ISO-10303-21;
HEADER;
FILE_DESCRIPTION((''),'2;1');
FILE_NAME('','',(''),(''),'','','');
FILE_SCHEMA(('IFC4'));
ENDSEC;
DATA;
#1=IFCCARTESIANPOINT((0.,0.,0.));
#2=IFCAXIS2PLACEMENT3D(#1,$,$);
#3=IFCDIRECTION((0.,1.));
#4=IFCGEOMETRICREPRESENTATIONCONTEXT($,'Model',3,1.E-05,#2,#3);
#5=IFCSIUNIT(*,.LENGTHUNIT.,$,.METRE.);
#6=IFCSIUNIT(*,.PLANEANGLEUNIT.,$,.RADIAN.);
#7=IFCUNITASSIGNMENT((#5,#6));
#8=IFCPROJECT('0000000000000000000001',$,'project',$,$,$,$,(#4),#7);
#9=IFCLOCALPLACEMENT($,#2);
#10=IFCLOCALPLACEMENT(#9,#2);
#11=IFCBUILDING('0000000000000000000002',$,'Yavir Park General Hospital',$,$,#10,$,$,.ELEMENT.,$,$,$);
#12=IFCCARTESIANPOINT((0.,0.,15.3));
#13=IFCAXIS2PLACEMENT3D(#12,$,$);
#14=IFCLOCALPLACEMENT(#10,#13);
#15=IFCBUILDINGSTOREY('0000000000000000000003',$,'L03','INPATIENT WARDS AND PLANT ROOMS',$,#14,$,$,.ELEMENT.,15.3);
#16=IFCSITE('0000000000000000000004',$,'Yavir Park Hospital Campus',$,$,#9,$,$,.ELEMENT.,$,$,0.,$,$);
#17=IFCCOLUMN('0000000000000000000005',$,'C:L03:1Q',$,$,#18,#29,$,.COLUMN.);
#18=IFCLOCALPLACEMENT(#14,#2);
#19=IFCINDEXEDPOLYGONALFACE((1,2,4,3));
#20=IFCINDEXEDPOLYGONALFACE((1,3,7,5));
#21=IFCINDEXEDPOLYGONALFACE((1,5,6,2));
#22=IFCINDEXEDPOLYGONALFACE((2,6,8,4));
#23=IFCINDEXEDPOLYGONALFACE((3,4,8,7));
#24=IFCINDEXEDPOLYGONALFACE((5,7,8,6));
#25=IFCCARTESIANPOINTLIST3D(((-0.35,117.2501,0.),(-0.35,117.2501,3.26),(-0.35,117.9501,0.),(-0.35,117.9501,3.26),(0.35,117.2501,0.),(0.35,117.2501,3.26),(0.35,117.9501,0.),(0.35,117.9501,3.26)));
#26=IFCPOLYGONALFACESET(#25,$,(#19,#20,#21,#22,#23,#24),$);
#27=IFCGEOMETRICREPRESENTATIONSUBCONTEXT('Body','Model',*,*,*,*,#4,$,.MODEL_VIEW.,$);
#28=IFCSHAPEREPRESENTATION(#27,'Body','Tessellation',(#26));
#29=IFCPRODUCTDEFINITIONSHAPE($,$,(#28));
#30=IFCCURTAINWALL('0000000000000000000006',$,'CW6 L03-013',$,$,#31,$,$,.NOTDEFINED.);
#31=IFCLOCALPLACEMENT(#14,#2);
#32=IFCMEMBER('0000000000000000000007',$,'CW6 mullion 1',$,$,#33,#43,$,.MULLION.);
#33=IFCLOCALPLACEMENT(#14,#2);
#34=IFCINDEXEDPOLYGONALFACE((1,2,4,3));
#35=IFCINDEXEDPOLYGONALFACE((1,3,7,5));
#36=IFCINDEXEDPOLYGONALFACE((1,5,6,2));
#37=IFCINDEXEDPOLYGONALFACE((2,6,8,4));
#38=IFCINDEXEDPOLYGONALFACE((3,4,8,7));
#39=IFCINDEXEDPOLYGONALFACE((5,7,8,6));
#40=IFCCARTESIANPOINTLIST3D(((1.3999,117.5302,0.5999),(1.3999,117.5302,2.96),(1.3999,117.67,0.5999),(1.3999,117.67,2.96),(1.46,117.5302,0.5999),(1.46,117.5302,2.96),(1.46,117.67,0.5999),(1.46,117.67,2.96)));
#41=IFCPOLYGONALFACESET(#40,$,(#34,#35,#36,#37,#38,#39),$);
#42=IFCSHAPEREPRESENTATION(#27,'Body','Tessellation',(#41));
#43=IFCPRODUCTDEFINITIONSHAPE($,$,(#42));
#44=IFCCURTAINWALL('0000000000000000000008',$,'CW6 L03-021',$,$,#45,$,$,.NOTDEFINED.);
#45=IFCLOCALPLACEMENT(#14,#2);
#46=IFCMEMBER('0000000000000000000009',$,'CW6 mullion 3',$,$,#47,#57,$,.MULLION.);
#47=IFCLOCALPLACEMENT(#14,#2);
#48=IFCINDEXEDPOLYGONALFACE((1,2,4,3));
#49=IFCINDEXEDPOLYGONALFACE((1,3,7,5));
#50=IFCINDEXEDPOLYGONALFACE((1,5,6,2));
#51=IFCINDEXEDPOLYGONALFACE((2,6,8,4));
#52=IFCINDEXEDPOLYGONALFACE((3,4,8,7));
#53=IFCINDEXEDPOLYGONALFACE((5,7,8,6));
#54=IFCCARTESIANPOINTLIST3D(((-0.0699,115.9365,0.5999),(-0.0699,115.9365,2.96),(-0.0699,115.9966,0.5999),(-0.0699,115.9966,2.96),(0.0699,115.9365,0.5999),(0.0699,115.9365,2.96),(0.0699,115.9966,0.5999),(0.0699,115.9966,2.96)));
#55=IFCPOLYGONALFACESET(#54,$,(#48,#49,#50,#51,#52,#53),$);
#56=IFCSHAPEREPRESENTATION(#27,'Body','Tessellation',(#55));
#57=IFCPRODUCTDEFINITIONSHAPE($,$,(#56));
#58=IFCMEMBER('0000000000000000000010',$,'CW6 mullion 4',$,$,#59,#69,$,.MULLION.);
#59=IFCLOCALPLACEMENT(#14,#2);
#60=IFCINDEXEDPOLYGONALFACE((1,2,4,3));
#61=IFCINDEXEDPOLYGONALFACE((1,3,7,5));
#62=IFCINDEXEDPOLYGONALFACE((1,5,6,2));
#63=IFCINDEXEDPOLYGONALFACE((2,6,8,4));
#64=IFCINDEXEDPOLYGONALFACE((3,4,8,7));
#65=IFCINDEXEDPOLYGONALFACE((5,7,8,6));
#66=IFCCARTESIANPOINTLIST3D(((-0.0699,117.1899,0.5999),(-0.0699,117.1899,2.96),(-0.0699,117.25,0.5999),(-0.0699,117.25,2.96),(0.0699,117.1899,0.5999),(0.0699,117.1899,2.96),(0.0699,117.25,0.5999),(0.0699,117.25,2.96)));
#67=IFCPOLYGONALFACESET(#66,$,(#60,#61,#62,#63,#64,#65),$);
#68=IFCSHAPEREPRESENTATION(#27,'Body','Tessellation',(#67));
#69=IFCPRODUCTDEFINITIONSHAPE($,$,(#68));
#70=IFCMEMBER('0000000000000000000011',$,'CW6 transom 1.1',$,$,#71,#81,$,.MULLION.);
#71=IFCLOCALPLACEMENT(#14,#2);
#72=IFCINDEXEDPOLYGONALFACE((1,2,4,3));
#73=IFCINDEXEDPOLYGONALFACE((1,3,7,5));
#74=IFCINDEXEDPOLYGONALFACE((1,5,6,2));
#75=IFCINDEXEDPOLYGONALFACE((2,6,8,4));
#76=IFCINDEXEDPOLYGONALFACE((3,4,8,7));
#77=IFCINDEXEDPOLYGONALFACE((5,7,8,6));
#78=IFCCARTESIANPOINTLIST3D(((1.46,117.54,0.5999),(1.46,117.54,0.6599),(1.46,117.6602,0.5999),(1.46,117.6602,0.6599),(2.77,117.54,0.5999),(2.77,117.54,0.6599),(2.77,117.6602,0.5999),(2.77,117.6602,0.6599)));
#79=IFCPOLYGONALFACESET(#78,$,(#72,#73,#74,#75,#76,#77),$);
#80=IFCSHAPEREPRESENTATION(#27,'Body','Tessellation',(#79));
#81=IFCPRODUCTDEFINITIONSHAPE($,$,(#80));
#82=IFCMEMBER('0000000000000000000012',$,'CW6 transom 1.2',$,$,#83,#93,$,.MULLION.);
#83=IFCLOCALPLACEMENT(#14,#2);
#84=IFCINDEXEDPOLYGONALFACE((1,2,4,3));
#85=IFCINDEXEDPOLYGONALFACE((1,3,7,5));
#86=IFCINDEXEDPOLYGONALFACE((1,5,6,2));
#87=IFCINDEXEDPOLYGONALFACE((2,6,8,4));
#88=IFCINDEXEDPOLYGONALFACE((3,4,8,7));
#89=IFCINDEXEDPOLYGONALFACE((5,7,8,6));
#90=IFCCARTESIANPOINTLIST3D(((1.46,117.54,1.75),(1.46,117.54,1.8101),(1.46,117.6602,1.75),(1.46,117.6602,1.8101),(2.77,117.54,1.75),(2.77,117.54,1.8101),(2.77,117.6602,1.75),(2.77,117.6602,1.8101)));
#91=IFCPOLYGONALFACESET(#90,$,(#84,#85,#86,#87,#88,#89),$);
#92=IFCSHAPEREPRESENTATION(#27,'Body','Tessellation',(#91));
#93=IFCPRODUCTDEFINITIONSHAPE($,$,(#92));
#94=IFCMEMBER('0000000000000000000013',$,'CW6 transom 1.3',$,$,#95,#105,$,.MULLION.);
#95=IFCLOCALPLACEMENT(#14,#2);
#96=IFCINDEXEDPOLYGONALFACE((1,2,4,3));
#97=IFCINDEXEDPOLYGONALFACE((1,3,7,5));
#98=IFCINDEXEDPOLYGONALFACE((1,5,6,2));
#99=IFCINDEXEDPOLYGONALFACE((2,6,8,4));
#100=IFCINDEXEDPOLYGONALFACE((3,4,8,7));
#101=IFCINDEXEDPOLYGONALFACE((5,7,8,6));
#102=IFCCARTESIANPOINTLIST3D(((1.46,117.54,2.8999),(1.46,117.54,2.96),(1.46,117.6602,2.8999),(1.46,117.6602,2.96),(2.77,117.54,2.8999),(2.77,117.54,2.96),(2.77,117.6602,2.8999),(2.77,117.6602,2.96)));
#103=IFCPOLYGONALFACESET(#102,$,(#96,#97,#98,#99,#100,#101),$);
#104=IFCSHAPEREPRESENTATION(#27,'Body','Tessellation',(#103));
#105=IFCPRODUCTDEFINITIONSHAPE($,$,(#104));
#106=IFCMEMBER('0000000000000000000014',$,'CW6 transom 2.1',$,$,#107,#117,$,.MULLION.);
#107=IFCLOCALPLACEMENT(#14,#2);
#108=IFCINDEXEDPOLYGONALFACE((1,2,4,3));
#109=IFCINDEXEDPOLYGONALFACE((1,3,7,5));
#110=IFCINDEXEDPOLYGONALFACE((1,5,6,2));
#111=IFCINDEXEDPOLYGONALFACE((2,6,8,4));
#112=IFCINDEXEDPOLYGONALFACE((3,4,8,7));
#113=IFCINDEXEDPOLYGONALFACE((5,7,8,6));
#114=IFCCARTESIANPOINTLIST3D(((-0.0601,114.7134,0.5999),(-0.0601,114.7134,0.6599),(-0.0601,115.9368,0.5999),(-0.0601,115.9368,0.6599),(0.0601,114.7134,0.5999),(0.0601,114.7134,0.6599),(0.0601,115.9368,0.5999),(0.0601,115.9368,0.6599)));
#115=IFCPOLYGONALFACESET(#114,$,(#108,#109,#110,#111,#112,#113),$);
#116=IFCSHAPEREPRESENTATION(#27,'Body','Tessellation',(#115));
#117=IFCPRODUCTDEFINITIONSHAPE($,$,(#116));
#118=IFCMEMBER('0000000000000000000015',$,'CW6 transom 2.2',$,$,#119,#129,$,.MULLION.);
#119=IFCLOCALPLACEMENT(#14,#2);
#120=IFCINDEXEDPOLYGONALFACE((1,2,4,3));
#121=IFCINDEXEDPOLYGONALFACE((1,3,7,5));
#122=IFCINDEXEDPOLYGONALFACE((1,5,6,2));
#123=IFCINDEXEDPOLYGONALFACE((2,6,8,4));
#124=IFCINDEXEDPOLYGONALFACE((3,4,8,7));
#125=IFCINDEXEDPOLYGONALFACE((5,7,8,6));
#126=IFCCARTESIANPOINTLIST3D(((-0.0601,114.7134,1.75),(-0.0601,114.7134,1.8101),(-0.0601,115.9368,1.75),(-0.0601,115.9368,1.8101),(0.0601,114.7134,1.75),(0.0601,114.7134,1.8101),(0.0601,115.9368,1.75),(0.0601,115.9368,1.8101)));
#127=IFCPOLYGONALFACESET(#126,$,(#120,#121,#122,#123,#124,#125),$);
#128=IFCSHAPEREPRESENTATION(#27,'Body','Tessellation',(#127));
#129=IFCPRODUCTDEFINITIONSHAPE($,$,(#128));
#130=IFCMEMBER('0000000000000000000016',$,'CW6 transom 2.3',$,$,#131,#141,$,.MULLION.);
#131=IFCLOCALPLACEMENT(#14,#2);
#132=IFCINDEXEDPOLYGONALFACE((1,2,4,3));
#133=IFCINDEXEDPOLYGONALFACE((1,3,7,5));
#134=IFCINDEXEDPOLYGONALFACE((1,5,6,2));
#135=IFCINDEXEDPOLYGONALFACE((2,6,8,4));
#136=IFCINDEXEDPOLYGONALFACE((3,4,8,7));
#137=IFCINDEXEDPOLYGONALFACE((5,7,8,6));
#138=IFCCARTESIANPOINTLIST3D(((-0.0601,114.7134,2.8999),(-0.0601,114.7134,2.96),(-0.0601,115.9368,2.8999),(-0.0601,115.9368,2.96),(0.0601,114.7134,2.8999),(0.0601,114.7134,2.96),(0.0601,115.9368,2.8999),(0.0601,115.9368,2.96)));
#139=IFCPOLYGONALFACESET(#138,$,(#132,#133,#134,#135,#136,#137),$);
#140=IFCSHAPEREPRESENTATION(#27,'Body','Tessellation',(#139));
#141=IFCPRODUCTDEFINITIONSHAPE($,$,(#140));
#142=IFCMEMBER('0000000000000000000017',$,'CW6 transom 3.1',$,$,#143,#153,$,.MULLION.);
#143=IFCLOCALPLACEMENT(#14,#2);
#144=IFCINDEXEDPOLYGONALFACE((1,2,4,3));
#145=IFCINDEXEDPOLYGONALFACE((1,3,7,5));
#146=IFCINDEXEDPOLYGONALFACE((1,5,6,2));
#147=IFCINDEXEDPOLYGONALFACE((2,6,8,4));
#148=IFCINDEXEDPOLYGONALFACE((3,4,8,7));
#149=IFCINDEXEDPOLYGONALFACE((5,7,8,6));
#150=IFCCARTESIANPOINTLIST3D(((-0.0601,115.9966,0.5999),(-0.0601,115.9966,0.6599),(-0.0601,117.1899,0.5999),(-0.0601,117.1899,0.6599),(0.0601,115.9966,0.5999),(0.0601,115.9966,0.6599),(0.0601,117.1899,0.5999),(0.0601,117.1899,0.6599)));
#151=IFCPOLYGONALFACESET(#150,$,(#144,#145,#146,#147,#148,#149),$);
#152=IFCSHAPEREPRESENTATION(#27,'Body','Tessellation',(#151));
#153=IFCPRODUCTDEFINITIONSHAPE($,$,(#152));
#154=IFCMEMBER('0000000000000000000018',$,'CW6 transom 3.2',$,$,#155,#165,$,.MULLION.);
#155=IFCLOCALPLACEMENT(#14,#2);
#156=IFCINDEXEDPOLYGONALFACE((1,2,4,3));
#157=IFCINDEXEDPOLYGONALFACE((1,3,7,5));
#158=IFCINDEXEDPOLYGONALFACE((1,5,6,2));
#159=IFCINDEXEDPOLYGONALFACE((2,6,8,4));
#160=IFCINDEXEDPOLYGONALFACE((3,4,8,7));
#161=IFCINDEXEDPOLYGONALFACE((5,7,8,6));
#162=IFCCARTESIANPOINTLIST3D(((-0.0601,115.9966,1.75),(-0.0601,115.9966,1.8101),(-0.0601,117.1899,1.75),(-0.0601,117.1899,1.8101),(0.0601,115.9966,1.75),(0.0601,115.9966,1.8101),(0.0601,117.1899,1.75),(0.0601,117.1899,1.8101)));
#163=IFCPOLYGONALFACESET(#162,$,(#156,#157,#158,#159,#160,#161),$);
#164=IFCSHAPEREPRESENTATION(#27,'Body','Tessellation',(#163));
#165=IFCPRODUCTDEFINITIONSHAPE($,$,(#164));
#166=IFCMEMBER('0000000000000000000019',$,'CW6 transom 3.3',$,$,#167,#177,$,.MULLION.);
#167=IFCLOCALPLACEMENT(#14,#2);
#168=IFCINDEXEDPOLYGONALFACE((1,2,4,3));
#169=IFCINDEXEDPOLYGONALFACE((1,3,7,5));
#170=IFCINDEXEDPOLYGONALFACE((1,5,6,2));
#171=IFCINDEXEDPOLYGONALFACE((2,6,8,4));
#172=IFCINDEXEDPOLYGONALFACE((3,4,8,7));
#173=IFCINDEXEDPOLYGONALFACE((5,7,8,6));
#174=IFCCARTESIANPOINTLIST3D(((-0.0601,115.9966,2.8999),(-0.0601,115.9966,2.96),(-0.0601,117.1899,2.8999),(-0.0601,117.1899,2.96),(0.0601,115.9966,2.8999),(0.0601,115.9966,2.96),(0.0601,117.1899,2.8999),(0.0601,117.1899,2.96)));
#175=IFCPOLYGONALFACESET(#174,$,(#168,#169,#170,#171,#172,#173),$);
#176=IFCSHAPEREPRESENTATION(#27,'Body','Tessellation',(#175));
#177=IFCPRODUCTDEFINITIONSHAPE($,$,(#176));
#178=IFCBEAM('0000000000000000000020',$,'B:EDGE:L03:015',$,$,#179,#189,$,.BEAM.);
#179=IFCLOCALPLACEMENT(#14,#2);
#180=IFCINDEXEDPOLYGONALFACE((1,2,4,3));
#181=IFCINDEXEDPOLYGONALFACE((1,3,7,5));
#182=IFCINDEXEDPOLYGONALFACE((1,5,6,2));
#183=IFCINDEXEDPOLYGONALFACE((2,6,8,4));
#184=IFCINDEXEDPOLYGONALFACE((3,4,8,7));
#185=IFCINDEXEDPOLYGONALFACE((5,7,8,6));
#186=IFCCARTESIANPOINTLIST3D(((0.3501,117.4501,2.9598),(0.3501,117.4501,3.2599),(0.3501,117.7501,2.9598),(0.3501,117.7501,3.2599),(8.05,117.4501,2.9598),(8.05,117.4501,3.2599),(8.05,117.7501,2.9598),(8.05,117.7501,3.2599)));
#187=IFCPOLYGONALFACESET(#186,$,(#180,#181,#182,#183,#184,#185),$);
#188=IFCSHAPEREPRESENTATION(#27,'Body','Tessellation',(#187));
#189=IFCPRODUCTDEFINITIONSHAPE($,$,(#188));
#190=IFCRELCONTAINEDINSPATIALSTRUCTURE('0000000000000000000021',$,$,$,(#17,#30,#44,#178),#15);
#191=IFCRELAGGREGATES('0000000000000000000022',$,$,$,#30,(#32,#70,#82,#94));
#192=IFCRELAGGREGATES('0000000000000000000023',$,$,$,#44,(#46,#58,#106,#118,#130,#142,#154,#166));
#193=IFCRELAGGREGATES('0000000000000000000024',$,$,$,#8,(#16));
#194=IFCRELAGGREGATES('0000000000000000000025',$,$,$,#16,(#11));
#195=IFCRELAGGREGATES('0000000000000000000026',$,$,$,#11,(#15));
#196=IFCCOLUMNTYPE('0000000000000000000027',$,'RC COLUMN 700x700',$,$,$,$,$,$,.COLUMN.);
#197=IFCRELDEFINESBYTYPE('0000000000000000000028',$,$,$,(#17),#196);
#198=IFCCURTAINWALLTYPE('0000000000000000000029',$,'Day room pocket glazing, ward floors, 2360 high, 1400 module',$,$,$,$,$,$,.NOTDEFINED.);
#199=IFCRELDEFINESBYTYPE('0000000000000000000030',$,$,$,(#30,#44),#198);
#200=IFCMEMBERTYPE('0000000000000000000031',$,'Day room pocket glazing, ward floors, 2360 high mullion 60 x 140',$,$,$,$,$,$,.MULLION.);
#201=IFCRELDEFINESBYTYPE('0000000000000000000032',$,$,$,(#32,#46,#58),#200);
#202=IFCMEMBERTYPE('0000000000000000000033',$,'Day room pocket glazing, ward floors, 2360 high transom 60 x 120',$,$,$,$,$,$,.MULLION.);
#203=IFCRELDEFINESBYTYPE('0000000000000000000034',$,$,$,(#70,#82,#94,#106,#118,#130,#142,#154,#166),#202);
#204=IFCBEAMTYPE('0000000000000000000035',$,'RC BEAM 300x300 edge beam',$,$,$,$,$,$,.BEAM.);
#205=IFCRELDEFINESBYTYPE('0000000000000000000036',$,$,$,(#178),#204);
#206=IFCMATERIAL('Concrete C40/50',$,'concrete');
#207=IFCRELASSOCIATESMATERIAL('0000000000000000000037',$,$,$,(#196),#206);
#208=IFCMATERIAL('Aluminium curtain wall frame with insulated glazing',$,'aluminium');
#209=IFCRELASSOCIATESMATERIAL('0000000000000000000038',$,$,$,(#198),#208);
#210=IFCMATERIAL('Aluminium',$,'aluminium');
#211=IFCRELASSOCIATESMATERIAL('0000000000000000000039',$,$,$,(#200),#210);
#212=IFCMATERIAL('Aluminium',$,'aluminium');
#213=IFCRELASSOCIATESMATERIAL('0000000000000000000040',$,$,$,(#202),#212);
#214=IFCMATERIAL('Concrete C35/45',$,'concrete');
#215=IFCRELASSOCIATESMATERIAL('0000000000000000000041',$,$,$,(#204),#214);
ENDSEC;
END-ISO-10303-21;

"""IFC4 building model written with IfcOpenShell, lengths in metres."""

from ifc_helpers import new_model, si_unit, direction, frame, origin, origin_2d, place, context, subcontext, project, spatial, rectangle, extrude, material, material_profile, profile_set, type_object, element, aggregate, save


model = new_model("IFC4")

# Units and contexts
model_context = context("Model", 3, precision=1e-05, world=origin(), true_north=direction((0.0, 1.0)))
body_context = subcontext(model_context, "Body", "Model", "MODEL_VIEW")
ifc_project = project(units=[si_unit("LENGTHUNIT", "METRE"), si_unit("PLANEANGLEUNIT", "RADIAN")], contexts=[model_context])

# Site, building, storey
site_placement = place(None, origin())
site = spatial("IfcSite", under=ifc_project, at=site_placement, Name="Yavir Park Hospital Campus", CompositionType="ELEMENT", RefElevation=0.0)
building_placement = place(site_placement, origin())
building = spatial("IfcBuilding", under=site, at=building_placement, Name="Yavir Park General Hospital", CompositionType="ELEMENT")
storey_placement = place(building_placement, frame((0.0, 0.0, 15.3)))
storey = spatial("IfcBuildingStorey", under=building, at=storey_placement, Name="L03", Description="INPATIENT WARDS AND PLANT ROOMS", CompositionType="ELEMENT", Elevation=15.3)

# Column
ifc_material_1 = material(Name="Concrete C40/50", Category="concrete")
ifc_material_profile_1 = material_profile(ifc_material_1, rectangle(XDim=0.7, YDim=0.7, at=origin_2d()), Name="RC700x700")
ifc_profile_set_1 = profile_set([ifc_material_profile_1], Name="Concrete C40/50")
column_type = type_object("IfcColumnType", Name="RC COLUMN 700x700", PredefinedType="COLUMN", material=ifc_profile_set_1)
column_placement = place(storey_placement, frame((0.0, 117.6001, 0.0), z_axis=(0.0, 0.0, 1.0), x_axis=(1.0, 0.0, 0.0)))
element("IfcColumn", 1, at=column_placement, inside=storey, type_object=column_type, Name="C:L03:1Q", PredefinedType="COLUMN", context=body_context, shape_type="SweptSolid", body=[
    extrude(rectangle(XDim=0.7, YDim=0.7, at=origin_2d()), origin(), (0.0, 0.0, 1.0), 3.26),
])

# Curtain wall, member
ifc_material_2 = material(Name="Aluminium curtain wall frame with insulated glazing", Category="aluminium")
curtain_wall_type = type_object("IfcCurtainWallType", Name="Day room pocket glazing, ward floors, 2360 high, 1400 module", PredefinedType="NOTDEFINED", material=ifc_material_2)
curtain_wall_1_placement = place(storey_placement, origin())
curtain_wall_1 = element("IfcCurtainWall", 2, at=curtain_wall_1_placement, inside=storey, type_object=curtain_wall_type, Name="CW6 L03-013", PredefinedType="NOTDEFINED")
ifc_material_3 = material(Name="Aluminium", Category="aluminium")
ifc_material_profile_2 = material_profile(ifc_material_3, rectangle(XDim=0.1399, YDim=0.0601, at=origin_2d()), Name="AL 60x140")
ifc_profile_set_2 = profile_set([ifc_material_profile_2], Name="Aluminium")
member_type_1 = type_object("IfcMemberType", Name="Day room pocket glazing, ward floors, 2360 high mullion 60 x 140", PredefinedType="MULLION", material=ifc_profile_set_2)
member_1_placement = place(storey_placement, frame((1.4299, 117.6001, 0.5999), z_axis=(0.0, 0.0, 1.0), x_axis=(0.0, 1.0, 0.0)))
member_1 = element("IfcMember", 3, at=member_1_placement, type_object=member_type_1, Name="CW6 mullion 1", PredefinedType="MULLION", context=body_context, shape_type="SweptSolid", body=[
    extrude(rectangle(XDim=0.1399, YDim=0.0601, at=origin_2d()), origin(), (0.0, 0.0, 1.0), 2.3601),
])

# Curtain wall, members
curtain_wall_2_placement = place(storey_placement, origin())
curtain_wall_2 = element("IfcCurtainWall", 4, at=curtain_wall_2_placement, inside=storey, type_object=curtain_wall_type, Name="CW6 L03-021", PredefinedType="NOTDEFINED")
member_2_placement = place(storey_placement, frame((0.0, 115.9666, 0.5999), z_axis=(0.0, 0.0, 1.0), x_axis=(-1.0, 0.0, 0.0)))
member_2 = element("IfcMember", 5, at=member_2_placement, type_object=member_type_1, Name="CW6 mullion 3", PredefinedType="MULLION", context=body_context, shape_type="SweptSolid", body=[
    extrude(rectangle(XDim=0.1399, YDim=0.0601, at=origin_2d()), origin(), (0.0, 0.0, 1.0), 2.3601),
])
member_3_placement = place(storey_placement, frame((0.0, 117.22, 0.5999), z_axis=(0.0, 0.0, 1.0), x_axis=(-1.0, 0.0, 0.0)))
member_3 = element("IfcMember", 6, at=member_3_placement, type_object=member_type_1, Name="CW6 mullion 4", PredefinedType="MULLION", context=body_context, shape_type="SweptSolid", body=[
    extrude(rectangle(XDim=0.1399, YDim=0.0601, at=origin_2d()), origin(), (0.0, 0.0, 1.0), 2.3601),
])

# Members
ifc_material_4 = material(Name="Aluminium", Category="aluminium")
ifc_material_profile_3 = material_profile(ifc_material_4, rectangle(XDim=0.1201, YDim=0.0601, at=origin_2d()), Name="AL 120x60")
ifc_profile_set_3 = profile_set([ifc_material_profile_3], Name="Aluminium")
member_type_2 = type_object("IfcMemberType", Name="Day room pocket glazing, ward floors, 2360 high transom 60 x 120", PredefinedType="MULLION", material=ifc_profile_set_3)
member_4_placement = place(storey_placement, frame((1.46, 117.6001, 0.6299), z_axis=(1.0, 0.0, 0.0), x_axis=(0.0, 1.0, 0.0)))
member_4 = element("IfcMember", 7, at=member_4_placement, type_object=member_type_2, Name="CW6 transom 1.1", PredefinedType="MULLION", context=body_context, shape_type="SweptSolid", body=[
    extrude(rectangle(XDim=0.1201, YDim=0.0601, at=origin_2d()), origin(), (0.0, 0.0, 1.0), 1.3101),
])
member_5_placement = place(storey_placement, frame((1.46, 117.6001, 1.78), z_axis=(1.0, 0.0, 0.0), x_axis=(0.0, 1.0, 0.0)))
member_5 = element("IfcMember", 8, at=member_5_placement, type_object=member_type_2, Name="CW6 transom 1.2", PredefinedType="MULLION", context=body_context, shape_type="SweptSolid", body=[
    extrude(rectangle(XDim=0.1201, YDim=0.0601, at=origin_2d()), origin(), (0.0, 0.0, 1.0), 1.3101),
])
member_6_placement = place(storey_placement, frame((1.46, 117.6001, 2.9299), z_axis=(1.0, 0.0, 0.0), x_axis=(0.0, 1.0, 0.0)))
member_6 = element("IfcMember", 9, at=member_6_placement, type_object=member_type_2, Name="CW6 transom 1.3", PredefinedType="MULLION", context=body_context, shape_type="SweptSolid", body=[
    extrude(rectangle(XDim=0.1201, YDim=0.0601, at=origin_2d()), origin(), (0.0, 0.0, 1.0), 1.3101),
])
member_7_placement = place(storey_placement, frame((0.0, 114.7134, 0.6299), z_axis=(0.0, 1.0, 0.0), x_axis=(-1.0, 0.0, 0.0)))
member_7 = element("IfcMember", 10, at=member_7_placement, type_object=member_type_2, Name="CW6 transom 2.1", PredefinedType="MULLION", context=body_context, shape_type="SweptSolid", body=[
    extrude(rectangle(XDim=0.1201, YDim=0.0601, at=origin_2d()), origin(), (0.0, 0.0, 1.0), 1.2234),
])
member_8_placement = place(storey_placement, frame((0.0, 114.7134, 1.78), z_axis=(0.0, 1.0, 0.0), x_axis=(-1.0, 0.0, 0.0)))
member_8 = element("IfcMember", 11, at=member_8_placement, type_object=member_type_2, Name="CW6 transom 2.2", PredefinedType="MULLION", context=body_context, shape_type="SweptSolid", body=[
    extrude(rectangle(XDim=0.1201, YDim=0.0601, at=origin_2d()), origin(), (0.0, 0.0, 1.0), 1.2234),
])
member_9_placement = place(storey_placement, frame((0.0, 114.7134, 2.9299), z_axis=(0.0, 1.0, 0.0), x_axis=(-1.0, 0.0, 0.0)))
member_9 = element("IfcMember", 12, at=member_9_placement, type_object=member_type_2, Name="CW6 transom 2.3", PredefinedType="MULLION", context=body_context, shape_type="SweptSolid", body=[
    extrude(rectangle(XDim=0.1201, YDim=0.0601, at=origin_2d()), origin(), (0.0, 0.0, 1.0), 1.2234),
])
member_10_placement = place(storey_placement, frame((0.0, 115.9966, 0.6299), z_axis=(0.0, 1.0, 0.0), x_axis=(-1.0, 0.0, 0.0)))
member_10 = element("IfcMember", 13, at=member_10_placement, type_object=member_type_2, Name="CW6 transom 3.1", PredefinedType="MULLION", context=body_context, shape_type="SweptSolid", body=[
    extrude(rectangle(XDim=0.1201, YDim=0.0601, at=origin_2d()), origin(), (0.0, 0.0, 1.0), 1.1934),
])
member_11_placement = place(storey_placement, frame((0.0, 115.9966, 1.78), z_axis=(0.0, 1.0, 0.0), x_axis=(-1.0, 0.0, 0.0)))
member_11 = element("IfcMember", 14, at=member_11_placement, type_object=member_type_2, Name="CW6 transom 3.2", PredefinedType="MULLION", context=body_context, shape_type="SweptSolid", body=[
    extrude(rectangle(XDim=0.1201, YDim=0.0601, at=origin_2d()), origin(), (0.0, 0.0, 1.0), 1.1934),
])
member_12_placement = place(storey_placement, frame((0.0, 115.9966, 2.9299), z_axis=(0.0, 1.0, 0.0), x_axis=(-1.0, 0.0, 0.0)))
member_12 = element("IfcMember", 15, at=member_12_placement, type_object=member_type_2, Name="CW6 transom 3.3", PredefinedType="MULLION", context=body_context, shape_type="SweptSolid", body=[
    extrude(rectangle(XDim=0.1201, YDim=0.0601, at=origin_2d()), origin(), (0.0, 0.0, 1.0), 1.1934),
])

# Beam
ifc_material_5 = material(Name="Concrete C35/45", Category="concrete")
ifc_material_profile_4 = material_profile(ifc_material_5, rectangle(XDim=0.3, YDim=0.3, at=origin_2d()), Name="RC300x300")
ifc_profile_set_4 = profile_set([ifc_material_profile_4], Name="Concrete C35/45")
beam_type = type_object("IfcBeamType", Name="RC BEAM 300x300 edge beam", PredefinedType="BEAM", material=ifc_profile_set_4)
beam_placement = place(storey_placement, frame((0.3501, 117.6001, 3.1099), z_axis=(1.0, 0.0, 0.0), x_axis=(0.0, 1.0, 0.0)))
element("IfcBeam", 16, at=beam_placement, inside=storey, type_object=beam_type, Name="B:EDGE:L03:015", PredefinedType="BEAM", context=body_context, shape_type="SweptSolid", body=[
    extrude(rectangle(XDim=0.3, YDim=0.3, at=origin_2d()), origin(), (0.0, 0.0, 1.0), 7.7),
])

aggregate(curtain_wall_1, [member_1, member_4, member_5, member_6])
aggregate(curtain_wall_2, [member_2, member_3, member_7, member_8, member_9, member_10, member_11, member_12])

save(model, "model.ifc")
